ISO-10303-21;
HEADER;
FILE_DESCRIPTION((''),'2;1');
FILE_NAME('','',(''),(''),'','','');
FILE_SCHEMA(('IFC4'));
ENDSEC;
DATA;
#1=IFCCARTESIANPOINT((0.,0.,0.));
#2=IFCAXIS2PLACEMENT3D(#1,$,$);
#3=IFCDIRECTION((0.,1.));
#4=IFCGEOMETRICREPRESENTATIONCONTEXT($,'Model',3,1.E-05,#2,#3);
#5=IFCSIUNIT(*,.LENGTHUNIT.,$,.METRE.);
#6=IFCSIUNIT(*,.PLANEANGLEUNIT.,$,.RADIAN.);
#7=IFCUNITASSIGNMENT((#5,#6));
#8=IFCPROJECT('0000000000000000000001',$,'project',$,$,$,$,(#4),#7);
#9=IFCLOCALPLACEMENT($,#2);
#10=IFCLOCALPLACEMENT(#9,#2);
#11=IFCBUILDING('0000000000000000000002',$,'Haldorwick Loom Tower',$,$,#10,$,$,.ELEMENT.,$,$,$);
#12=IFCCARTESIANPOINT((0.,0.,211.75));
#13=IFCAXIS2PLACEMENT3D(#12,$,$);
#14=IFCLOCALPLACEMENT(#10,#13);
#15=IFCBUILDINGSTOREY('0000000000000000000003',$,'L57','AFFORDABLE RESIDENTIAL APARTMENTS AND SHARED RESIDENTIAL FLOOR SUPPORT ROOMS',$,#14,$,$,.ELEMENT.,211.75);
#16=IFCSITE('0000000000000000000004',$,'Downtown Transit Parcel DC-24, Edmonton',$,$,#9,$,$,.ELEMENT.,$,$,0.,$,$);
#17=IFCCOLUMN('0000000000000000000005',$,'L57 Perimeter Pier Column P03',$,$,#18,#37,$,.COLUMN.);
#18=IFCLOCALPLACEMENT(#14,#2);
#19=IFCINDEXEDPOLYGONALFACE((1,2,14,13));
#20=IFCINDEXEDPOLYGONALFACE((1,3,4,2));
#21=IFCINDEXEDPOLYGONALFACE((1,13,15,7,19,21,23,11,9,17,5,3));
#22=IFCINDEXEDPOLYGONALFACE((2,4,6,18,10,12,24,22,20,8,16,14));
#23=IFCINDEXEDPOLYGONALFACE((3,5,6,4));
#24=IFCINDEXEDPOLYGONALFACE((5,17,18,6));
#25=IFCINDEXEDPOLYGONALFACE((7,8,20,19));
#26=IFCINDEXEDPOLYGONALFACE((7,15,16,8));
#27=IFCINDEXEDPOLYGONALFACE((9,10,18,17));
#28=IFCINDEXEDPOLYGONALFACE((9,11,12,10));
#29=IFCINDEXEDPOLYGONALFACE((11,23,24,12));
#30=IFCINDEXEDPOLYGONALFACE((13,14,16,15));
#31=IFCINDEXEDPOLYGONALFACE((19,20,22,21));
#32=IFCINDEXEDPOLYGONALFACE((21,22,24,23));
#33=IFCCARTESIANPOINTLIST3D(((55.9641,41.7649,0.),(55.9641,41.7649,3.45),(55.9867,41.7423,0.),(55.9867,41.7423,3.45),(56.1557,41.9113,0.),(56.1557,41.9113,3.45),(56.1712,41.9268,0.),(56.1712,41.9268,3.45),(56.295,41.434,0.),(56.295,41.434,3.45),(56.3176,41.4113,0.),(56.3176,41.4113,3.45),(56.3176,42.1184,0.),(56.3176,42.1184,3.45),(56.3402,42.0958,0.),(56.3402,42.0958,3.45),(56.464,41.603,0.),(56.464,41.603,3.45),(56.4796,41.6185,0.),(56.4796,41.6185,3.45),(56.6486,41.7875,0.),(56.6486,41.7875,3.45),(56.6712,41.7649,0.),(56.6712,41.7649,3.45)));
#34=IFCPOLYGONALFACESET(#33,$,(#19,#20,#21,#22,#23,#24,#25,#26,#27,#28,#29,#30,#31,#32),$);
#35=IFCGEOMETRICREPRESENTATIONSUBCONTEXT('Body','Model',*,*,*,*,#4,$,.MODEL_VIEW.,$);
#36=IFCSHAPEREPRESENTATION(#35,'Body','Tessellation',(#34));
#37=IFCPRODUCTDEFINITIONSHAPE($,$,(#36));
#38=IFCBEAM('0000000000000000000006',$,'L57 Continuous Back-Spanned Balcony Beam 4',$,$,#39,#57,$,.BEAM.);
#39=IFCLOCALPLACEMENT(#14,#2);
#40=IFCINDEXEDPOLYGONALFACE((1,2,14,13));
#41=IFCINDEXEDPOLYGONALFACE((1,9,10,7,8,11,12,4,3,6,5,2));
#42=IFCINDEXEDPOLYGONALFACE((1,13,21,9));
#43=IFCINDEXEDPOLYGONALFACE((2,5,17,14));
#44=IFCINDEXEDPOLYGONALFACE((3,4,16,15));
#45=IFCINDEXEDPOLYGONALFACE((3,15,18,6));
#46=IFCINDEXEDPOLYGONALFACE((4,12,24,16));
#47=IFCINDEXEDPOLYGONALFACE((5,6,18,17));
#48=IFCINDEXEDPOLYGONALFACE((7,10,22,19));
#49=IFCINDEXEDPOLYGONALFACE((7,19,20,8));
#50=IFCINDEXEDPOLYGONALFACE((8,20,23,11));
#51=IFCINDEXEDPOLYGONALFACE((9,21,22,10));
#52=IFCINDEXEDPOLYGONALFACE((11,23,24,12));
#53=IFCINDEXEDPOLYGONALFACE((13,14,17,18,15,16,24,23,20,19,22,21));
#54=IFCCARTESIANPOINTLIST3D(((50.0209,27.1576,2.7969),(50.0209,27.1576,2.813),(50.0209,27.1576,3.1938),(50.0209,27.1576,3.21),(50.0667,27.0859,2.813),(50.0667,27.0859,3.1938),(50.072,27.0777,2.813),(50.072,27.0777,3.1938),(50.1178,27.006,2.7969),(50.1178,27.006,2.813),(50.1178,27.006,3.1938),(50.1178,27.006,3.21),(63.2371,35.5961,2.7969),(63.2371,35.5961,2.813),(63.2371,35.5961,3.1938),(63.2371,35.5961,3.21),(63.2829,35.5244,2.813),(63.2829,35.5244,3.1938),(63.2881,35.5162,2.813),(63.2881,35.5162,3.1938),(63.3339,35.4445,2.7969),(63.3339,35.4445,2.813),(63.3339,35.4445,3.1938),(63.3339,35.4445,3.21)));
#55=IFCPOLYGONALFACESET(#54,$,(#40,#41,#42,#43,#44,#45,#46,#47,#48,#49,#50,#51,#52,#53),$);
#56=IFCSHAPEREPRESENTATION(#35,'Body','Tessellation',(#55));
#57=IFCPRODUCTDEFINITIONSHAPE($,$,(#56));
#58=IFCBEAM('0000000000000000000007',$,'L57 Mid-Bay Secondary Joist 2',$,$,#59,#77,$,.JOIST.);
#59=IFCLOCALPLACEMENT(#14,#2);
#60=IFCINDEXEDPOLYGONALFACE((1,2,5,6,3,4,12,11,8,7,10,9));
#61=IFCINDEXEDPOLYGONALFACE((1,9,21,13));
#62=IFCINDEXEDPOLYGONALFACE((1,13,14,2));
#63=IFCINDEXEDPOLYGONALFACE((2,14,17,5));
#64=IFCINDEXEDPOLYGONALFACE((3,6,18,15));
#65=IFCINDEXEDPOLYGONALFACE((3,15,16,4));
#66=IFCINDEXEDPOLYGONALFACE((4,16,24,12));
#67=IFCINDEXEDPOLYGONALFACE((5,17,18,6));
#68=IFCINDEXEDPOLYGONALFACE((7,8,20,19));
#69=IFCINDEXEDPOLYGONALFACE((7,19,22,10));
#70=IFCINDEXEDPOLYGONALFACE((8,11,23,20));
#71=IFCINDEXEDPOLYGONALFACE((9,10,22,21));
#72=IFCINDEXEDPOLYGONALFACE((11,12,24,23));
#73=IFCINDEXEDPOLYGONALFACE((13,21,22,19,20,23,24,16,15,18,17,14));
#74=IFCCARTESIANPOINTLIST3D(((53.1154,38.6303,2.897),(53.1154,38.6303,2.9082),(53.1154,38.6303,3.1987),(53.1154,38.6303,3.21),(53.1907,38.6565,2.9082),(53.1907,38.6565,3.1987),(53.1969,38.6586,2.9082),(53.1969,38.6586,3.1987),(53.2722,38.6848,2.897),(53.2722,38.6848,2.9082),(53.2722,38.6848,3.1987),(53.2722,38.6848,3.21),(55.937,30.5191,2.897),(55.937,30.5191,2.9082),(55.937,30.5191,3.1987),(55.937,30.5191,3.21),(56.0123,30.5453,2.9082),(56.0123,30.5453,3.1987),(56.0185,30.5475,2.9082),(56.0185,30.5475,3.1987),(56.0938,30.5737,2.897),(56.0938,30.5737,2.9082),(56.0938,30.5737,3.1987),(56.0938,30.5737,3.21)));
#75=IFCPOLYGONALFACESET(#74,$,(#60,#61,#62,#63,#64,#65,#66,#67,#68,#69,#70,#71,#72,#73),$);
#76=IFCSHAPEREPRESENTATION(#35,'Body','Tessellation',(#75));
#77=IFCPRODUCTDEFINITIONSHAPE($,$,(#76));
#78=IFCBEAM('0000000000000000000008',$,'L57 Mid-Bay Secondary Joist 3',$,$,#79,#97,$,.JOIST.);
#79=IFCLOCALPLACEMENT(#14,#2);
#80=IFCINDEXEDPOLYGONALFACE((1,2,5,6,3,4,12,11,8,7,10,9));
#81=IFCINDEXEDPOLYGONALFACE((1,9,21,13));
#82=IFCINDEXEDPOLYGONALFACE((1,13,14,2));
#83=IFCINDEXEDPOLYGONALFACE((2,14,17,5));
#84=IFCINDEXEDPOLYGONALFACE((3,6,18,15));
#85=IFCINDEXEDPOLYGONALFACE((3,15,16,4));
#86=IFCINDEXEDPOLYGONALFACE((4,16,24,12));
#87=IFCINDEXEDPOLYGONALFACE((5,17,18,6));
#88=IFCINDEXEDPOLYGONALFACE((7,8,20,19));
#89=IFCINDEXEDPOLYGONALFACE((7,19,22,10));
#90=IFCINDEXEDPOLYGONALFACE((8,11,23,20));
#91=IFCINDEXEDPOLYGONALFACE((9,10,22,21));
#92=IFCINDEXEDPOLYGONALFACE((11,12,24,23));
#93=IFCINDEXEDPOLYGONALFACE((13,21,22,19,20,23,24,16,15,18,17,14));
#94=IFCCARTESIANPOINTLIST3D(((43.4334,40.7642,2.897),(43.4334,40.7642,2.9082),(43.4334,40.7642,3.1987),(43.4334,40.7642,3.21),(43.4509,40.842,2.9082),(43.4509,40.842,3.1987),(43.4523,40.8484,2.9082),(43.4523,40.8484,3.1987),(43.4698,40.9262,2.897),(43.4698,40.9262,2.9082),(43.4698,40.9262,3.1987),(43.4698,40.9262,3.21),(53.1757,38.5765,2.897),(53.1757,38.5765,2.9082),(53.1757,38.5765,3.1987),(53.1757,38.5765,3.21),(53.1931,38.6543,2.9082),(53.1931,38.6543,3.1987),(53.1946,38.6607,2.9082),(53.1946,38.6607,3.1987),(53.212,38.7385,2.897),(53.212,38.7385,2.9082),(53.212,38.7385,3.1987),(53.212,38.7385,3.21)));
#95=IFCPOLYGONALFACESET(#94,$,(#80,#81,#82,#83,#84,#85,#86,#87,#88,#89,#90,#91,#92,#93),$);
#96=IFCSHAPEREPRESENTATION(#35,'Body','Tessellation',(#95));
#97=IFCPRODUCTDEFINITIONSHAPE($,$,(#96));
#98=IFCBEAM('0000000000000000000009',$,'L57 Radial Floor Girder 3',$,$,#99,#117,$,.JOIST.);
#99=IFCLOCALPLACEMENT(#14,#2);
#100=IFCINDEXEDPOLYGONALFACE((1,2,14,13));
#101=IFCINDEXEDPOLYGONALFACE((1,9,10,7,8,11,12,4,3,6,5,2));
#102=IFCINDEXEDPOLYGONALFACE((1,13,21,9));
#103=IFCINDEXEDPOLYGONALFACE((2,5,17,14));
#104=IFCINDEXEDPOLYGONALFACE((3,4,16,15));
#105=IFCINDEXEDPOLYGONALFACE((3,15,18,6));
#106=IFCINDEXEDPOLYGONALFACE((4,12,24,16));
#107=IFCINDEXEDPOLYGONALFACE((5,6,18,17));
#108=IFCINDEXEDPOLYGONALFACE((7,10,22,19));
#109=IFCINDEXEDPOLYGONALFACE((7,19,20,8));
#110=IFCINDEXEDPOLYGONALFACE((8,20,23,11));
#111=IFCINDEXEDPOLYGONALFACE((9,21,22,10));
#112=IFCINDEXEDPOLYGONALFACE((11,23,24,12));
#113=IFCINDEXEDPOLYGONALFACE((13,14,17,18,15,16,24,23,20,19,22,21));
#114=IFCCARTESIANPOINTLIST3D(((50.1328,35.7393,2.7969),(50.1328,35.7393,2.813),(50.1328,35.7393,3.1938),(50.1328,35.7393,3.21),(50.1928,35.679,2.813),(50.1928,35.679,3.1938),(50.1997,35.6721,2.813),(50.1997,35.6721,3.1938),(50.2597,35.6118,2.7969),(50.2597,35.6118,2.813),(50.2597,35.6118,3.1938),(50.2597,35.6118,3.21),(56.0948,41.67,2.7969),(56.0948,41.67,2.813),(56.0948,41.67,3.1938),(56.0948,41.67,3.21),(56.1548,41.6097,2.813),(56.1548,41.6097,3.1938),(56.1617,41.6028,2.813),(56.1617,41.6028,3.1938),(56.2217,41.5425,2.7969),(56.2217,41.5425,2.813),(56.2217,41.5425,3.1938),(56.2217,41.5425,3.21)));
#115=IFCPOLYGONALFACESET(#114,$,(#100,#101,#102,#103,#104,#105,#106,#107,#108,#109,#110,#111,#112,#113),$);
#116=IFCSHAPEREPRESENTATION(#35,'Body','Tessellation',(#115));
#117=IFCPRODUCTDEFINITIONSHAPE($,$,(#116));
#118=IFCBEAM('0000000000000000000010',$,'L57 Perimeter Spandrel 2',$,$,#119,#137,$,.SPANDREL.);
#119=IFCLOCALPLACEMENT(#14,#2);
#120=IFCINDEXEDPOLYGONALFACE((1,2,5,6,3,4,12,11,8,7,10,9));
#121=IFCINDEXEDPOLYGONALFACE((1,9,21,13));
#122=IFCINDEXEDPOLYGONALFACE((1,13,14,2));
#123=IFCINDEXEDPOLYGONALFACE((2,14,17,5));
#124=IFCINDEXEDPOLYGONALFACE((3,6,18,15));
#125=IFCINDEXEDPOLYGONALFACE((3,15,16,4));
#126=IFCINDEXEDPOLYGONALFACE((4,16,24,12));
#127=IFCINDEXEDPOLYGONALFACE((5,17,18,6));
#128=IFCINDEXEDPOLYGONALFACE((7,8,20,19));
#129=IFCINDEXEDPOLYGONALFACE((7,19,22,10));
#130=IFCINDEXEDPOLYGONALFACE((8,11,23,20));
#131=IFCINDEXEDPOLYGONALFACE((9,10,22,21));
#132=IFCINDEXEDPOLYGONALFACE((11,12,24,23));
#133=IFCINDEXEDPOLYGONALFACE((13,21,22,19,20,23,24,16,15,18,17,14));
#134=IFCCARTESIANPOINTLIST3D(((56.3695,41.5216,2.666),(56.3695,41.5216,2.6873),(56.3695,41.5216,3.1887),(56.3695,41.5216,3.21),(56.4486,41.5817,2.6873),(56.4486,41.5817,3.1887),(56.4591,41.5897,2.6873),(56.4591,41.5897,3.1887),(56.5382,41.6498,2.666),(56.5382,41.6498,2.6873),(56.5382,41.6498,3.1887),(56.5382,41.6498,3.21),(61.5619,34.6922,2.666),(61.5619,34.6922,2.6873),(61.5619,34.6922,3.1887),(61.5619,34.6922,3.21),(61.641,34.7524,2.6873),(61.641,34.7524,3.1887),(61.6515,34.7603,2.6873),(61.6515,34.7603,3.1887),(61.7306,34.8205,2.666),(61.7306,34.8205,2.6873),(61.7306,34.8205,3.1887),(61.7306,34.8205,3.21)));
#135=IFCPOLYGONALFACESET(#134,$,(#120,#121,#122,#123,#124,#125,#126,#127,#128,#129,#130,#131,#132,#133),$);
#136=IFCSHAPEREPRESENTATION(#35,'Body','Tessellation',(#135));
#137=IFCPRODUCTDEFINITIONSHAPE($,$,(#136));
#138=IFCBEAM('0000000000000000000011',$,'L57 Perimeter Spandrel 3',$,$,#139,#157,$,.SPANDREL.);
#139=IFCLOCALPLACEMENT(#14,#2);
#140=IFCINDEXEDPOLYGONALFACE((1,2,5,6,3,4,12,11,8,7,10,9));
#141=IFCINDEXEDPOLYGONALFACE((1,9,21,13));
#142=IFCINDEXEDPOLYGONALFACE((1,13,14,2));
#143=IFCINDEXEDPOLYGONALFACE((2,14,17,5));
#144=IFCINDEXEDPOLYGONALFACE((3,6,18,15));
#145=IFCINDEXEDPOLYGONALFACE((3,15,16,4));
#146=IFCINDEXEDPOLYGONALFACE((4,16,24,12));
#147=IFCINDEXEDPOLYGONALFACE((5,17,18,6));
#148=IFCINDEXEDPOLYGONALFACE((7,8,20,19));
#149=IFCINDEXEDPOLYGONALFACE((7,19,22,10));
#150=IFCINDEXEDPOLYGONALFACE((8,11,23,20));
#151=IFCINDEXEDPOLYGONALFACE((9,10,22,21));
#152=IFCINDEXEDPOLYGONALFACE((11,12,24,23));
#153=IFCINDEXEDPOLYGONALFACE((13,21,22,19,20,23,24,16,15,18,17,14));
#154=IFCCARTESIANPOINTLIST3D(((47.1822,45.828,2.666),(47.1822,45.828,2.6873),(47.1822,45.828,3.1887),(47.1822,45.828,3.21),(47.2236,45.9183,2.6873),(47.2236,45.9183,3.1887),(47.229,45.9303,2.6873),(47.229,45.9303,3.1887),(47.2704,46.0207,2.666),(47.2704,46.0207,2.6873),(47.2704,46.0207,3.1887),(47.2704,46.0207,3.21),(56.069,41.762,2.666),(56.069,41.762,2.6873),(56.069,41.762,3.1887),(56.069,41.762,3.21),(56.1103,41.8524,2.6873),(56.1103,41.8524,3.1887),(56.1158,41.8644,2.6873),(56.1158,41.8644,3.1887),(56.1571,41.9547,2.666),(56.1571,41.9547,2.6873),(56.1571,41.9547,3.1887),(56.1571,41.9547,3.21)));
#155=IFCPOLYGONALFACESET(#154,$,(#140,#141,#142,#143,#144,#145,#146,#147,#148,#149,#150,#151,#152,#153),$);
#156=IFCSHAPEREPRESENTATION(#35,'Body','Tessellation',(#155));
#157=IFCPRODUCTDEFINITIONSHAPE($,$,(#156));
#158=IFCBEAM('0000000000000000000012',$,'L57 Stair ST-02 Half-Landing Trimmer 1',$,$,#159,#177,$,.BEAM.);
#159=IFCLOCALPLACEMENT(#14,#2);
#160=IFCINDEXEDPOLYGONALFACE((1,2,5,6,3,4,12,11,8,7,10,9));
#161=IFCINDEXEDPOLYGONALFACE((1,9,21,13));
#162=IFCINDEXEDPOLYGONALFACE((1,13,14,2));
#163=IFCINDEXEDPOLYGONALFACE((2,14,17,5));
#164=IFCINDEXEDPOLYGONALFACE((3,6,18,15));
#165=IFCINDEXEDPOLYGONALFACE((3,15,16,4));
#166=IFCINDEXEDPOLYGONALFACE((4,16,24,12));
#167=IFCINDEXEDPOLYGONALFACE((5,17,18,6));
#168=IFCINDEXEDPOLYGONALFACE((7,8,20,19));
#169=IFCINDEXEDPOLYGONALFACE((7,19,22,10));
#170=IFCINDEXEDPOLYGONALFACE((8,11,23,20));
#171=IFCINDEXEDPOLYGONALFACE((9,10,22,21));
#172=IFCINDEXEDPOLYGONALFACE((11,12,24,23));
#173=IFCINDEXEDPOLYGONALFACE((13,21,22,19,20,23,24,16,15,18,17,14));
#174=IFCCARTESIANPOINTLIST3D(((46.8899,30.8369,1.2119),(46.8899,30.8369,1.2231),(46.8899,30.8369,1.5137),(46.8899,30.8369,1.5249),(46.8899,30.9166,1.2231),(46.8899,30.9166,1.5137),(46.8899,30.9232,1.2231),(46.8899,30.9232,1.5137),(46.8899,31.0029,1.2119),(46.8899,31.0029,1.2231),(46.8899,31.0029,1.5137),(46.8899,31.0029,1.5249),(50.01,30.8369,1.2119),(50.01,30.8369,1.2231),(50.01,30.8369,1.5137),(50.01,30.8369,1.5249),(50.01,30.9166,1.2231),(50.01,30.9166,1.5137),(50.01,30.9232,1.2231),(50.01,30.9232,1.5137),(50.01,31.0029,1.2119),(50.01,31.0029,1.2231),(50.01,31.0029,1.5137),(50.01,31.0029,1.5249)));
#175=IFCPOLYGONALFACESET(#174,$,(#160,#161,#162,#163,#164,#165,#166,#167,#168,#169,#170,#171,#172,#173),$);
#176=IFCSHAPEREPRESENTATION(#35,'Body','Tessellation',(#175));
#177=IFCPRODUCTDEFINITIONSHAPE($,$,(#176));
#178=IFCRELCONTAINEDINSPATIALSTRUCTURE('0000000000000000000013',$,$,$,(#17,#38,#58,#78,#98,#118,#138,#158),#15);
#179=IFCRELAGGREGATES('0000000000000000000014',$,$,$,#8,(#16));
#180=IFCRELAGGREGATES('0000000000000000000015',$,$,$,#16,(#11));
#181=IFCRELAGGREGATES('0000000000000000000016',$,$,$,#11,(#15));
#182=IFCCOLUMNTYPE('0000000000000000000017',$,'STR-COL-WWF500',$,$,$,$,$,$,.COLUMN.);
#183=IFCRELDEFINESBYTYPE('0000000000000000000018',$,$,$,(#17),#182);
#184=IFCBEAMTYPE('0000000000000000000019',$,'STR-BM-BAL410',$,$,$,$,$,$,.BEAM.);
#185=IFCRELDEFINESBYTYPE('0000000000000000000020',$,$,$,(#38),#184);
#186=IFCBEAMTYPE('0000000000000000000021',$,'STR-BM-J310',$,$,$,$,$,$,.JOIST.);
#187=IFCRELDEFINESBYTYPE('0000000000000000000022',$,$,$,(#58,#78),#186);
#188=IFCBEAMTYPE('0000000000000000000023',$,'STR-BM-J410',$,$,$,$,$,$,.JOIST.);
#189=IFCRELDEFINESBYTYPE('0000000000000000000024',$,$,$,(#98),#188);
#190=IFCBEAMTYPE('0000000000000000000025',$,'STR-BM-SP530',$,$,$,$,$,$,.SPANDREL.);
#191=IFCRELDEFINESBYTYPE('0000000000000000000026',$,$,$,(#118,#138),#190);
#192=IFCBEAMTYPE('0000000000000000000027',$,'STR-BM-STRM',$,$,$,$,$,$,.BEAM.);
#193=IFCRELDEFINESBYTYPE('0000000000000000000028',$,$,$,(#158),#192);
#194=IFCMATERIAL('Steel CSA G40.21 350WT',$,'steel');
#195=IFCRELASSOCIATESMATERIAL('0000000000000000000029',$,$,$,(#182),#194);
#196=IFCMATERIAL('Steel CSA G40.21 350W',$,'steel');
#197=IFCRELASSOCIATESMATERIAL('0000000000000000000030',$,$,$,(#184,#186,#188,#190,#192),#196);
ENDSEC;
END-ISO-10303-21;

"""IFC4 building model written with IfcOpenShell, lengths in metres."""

from ifc_helpers import new_model, si_unit, direction, frame, origin, origin_2d, place, context, subcontext, project, spatial, i_section, extrude, material, material_profile, profile_set, type_object, element, save


model = new_model("IFC4")

# Units and contexts
model_context = context("Model", 3, precision=1e-05, world=origin(), true_north=direction((0.0, 1.0)))
body_context = subcontext(model_context, "Body", "Model", "MODEL_VIEW")
ifc_project = project(units=[si_unit("LENGTHUNIT", "METRE"), si_unit("PLANEANGLEUNIT", "RADIAN")], contexts=[model_context])

# Site, building, storey
site_placement = place(None, origin())
site = spatial("IfcSite", under=ifc_project, at=site_placement, Name="Downtown Transit Parcel DC-24, Edmonton", CompositionType="ELEMENT", RefElevation=0.0)
building_placement = place(site_placement, origin())
building = spatial("IfcBuilding", under=site, at=building_placement, Name="Haldorwick Loom Tower", CompositionType="ELEMENT")
storey_placement = place(building_placement, frame((0.0, 0.0, 211.75)))
storey = spatial("IfcBuildingStorey", under=building, at=storey_placement, Name="L57", Description="AFFORDABLE RESIDENTIAL APARTMENTS AND SHARED RESIDENTIAL FLOOR SUPPORT ROOMS", CompositionType="ELEMENT", Elevation=211.75)

# Column
ifc_material_1 = material(Name="Steel CSA G40.21 350W", Category="steel")
ifc_material_2 = material(Name="Steel CSA G40.21 350WT", Category="steel")
ifc_material_profile_1 = material_profile(ifc_material_2, i_section(OverallWidth=0.5, OverallDepth=0.5, WebThickness=0.022, FlangeThickness=0.032, at=origin_2d()), Name="WWF500X500", Category="steel")
ifc_profile_set_1 = profile_set([ifc_material_profile_1], Name="Steel CSA G40.21 350WT")
column_type_1 = type_object("IfcColumnType", Name="STR-COL-WWF500", PredefinedType="COLUMN", material=ifc_profile_set_1)
column_1_placement = place(storey_placement, frame((56.3176, 41.7649, 0.0), z_axis=(0.0, 0.0, 1.0), x_axis=(0.707107, 0.707107, 0.0)))
element("IfcColumn", 1, at=column_1_placement, inside=storey, type_object=column_type_1, Name="L57 Perimeter Pier Column P03", PredefinedType="COLUMN", context=body_context, shape_type="SweptSolid", body=[
    extrude(i_section(OverallWidth=0.5, OverallDepth=0.5, WebThickness=0.022, FlangeThickness=0.032, at=origin_2d()), origin(), (0.0, 0.0, 1.0), 3.45),
])

# Beams
ifc_material_profile_2 = material_profile(ifc_material_1, i_section(OverallWidth=0.1799, OverallDepth=0.4131, WebThickness=0.0098, FlangeThickness=0.0161, at=origin_2d()), Name="W410X74", Category="steel")
ifc_profile_set_2 = profile_set([ifc_material_profile_2], Name="Steel CSA G40.21 350W")
beam_type_1 = type_object("IfcBeamType", Name="STR-BM-BAL410", PredefinedType="BEAM", material=ifc_profile_set_2)
beam_1_placement = place(storey_placement, frame((50.0693, 27.0818, 3.0034), z_axis=(0.842844, 0.538157, 0.0), x_axis=(-0.538157, 0.842844, 0.0)))
element("IfcBeam", 2, at=beam_1_placement, inside=storey, type_object=beam_type_1, Name="L57 Continuous Back-Spanned Balcony Beam 4", PredefinedType="BEAM", context=body_context, shape_type="SweptSolid", body=[
    extrude(i_section(OverallWidth=0.1799, OverallDepth=0.4131, WebThickness=0.0098, FlangeThickness=0.0161, at=origin_2d()), origin(), (0.0, 0.0, 1.0), 15.6804),
])
ifc_material_profile_3 = material_profile(ifc_material_1, i_section(OverallWidth=0.166, OverallDepth=0.313, WebThickness=0.0066, FlangeThickness=0.0112, at=origin_2d()), Name="W310X45", Category="steel")
ifc_profile_set_3 = profile_set([ifc_material_profile_3], Name="Steel CSA G40.21 350W")
beam_type_2 = type_object("IfcBeamType", Name="STR-BM-J310", PredefinedType="JOIST", material=ifc_profile_set_3)
beam_2_placement = place(storey_placement, frame((56.0154, 30.5464, 3.0535), z_axis=(-0.32855, 0.944486, 0.0), x_axis=(-0.944486, -0.32855, 0.0)))
element("IfcBeam", 3, at=beam_2_placement, inside=storey, type_object=beam_type_2, Name="L57 Mid-Bay Secondary Joist 2", PredefinedType="JOIST", context=body_context, shape_type="SweptSolid", body=[
    extrude(i_section(OverallWidth=0.166, OverallDepth=0.313, WebThickness=0.0066, FlangeThickness=0.0112, at=origin_2d()), origin(), (0.0, 0.0, 1.0), 8.5879),
])
beam_3_placement = place(storey_placement, frame((53.1938, 38.6575, 3.0535), z_axis=(-0.975701, 0.219107, 0.0), x_axis=(-0.219107, -0.975701, 0.0)))
element("IfcBeam", 4, at=beam_3_placement, inside=storey, type_object=beam_type_2, Name="L57 Mid-Bay Secondary Joist 3", PredefinedType="JOIST", context=body_context, shape_type="SweptSolid", body=[
    extrude(i_section(OverallWidth=0.166, OverallDepth=0.313, WebThickness=0.0066, FlangeThickness=0.0112, at=origin_2d()), origin(), (0.0, 0.0, 1.0), 9.9849),
])
ifc_material_profile_4 = material_profile(ifc_material_1, i_section(OverallWidth=0.1799, OverallDepth=0.4131, WebThickness=0.0098, FlangeThickness=0.0161, at=origin_2d()), Name="W410X74", Category="steel")
ifc_profile_set_4 = profile_set([ifc_material_profile_4], Name="Steel CSA G40.21 350W")
beam_type_3 = type_object("IfcBeamType", Name="STR-BM-J410", PredefinedType="JOIST", material=ifc_profile_set_4)
beam_4_placement = place(storey_placement, frame((50.1963, 35.6755, 3.0034), z_axis=(0.708962, 0.705246, 0.0), x_axis=(-0.705246, 0.708962, 0.0)))
element("IfcBeam", 5, at=beam_4_placement, inside=storey, type_object=beam_type_3, Name="L57 Radial Floor Girder 3", PredefinedType="JOIST", context=body_context, shape_type="SweptSolid", body=[
    extrude(i_section(OverallWidth=0.1799, OverallDepth=0.4131, WebThickness=0.0098, FlangeThickness=0.0161, at=origin_2d()), origin(), (0.0, 0.0, 1.0), 8.4094),
])
ifc_material_profile_5 = material_profile(ifc_material_1, i_section(OverallWidth=0.2119, OverallDepth=0.5439, WebThickness=0.0132, FlangeThickness=0.0212, at=origin_2d()), Name="W530X123", Category="steel")
ifc_profile_set_5 = profile_set([ifc_material_profile_5], Name="Steel CSA G40.21 350W")
beam_type_4 = type_object("IfcBeamType", Name="STR-BM-SP530", PredefinedType="SPANDREL", material=ifc_profile_set_5)
beam_5_placement = place(storey_placement, frame((61.6462, 34.7563, 2.938), z_axis=(-0.605237, 0.796045, 0.0), x_axis=(-0.796045, -0.605237, 0.0)))
element("IfcBeam", 6, at=beam_5_placement, inside=storey, type_object=beam_type_4, Name="L57 Perimeter Spandrel 2", PredefinedType="SPANDREL", context=body_context, shape_type="SweptSolid", body=[
    extrude(i_section(OverallWidth=0.2119, OverallDepth=0.5439, WebThickness=0.0132, FlangeThickness=0.0212, at=origin_2d()), origin(), (0.0, 0.0, 1.0), 8.5791),
])
beam_6_placement = place(storey_placement, frame((56.113, 41.8584, 2.938), z_axis=(-0.909342, 0.416049, 0.0), x_axis=(-0.416049, -0.909342, 0.0)))
element("IfcBeam", 7, at=beam_6_placement, inside=storey, type_object=beam_type_4, Name="L57 Perimeter Spandrel 3", PredefinedType="SPANDREL", context=body_context, shape_type="SweptSolid", body=[
    extrude(i_section(OverallWidth=0.2119, OverallDepth=0.5439, WebThickness=0.0132, FlangeThickness=0.0212, at=origin_2d()), origin(), (0.0, 0.0, 1.0), 9.7727),
])
ifc_material_profile_6 = material_profile(ifc_material_1, i_section(OverallWidth=0.166, OverallDepth=0.313, WebThickness=0.0066, FlangeThickness=0.0112, at=origin_2d()), Name="W310X45", Category="steel")
ifc_profile_set_6 = profile_set([ifc_material_profile_6], Name="Steel CSA G40.21 350W")
beam_type_5 = type_object("IfcBeamType", Name="STR-BM-STRM", PredefinedType="BEAM", material=ifc_profile_set_6)
beam_7_placement = place(storey_placement, frame((46.8899, 30.9199, 1.3684), z_axis=(1.0, 0.0, 0.0), x_axis=(0.0, 1.0, 0.0)))
element("IfcBeam", 8, at=beam_7_placement, inside=storey, type_object=beam_type_5, Name="L57 Stair ST-02 Half-Landing Trimmer 1", PredefinedType="BEAM", context=body_context, shape_type="SweptSolid", body=[
    extrude(i_section(OverallWidth=0.166, OverallDepth=0.313, WebThickness=0.0066, FlangeThickness=0.0112, at=origin_2d()), origin(), (0.0, 0.0, 1.0), 3.1201),
])

save(model, "model.ifc")
